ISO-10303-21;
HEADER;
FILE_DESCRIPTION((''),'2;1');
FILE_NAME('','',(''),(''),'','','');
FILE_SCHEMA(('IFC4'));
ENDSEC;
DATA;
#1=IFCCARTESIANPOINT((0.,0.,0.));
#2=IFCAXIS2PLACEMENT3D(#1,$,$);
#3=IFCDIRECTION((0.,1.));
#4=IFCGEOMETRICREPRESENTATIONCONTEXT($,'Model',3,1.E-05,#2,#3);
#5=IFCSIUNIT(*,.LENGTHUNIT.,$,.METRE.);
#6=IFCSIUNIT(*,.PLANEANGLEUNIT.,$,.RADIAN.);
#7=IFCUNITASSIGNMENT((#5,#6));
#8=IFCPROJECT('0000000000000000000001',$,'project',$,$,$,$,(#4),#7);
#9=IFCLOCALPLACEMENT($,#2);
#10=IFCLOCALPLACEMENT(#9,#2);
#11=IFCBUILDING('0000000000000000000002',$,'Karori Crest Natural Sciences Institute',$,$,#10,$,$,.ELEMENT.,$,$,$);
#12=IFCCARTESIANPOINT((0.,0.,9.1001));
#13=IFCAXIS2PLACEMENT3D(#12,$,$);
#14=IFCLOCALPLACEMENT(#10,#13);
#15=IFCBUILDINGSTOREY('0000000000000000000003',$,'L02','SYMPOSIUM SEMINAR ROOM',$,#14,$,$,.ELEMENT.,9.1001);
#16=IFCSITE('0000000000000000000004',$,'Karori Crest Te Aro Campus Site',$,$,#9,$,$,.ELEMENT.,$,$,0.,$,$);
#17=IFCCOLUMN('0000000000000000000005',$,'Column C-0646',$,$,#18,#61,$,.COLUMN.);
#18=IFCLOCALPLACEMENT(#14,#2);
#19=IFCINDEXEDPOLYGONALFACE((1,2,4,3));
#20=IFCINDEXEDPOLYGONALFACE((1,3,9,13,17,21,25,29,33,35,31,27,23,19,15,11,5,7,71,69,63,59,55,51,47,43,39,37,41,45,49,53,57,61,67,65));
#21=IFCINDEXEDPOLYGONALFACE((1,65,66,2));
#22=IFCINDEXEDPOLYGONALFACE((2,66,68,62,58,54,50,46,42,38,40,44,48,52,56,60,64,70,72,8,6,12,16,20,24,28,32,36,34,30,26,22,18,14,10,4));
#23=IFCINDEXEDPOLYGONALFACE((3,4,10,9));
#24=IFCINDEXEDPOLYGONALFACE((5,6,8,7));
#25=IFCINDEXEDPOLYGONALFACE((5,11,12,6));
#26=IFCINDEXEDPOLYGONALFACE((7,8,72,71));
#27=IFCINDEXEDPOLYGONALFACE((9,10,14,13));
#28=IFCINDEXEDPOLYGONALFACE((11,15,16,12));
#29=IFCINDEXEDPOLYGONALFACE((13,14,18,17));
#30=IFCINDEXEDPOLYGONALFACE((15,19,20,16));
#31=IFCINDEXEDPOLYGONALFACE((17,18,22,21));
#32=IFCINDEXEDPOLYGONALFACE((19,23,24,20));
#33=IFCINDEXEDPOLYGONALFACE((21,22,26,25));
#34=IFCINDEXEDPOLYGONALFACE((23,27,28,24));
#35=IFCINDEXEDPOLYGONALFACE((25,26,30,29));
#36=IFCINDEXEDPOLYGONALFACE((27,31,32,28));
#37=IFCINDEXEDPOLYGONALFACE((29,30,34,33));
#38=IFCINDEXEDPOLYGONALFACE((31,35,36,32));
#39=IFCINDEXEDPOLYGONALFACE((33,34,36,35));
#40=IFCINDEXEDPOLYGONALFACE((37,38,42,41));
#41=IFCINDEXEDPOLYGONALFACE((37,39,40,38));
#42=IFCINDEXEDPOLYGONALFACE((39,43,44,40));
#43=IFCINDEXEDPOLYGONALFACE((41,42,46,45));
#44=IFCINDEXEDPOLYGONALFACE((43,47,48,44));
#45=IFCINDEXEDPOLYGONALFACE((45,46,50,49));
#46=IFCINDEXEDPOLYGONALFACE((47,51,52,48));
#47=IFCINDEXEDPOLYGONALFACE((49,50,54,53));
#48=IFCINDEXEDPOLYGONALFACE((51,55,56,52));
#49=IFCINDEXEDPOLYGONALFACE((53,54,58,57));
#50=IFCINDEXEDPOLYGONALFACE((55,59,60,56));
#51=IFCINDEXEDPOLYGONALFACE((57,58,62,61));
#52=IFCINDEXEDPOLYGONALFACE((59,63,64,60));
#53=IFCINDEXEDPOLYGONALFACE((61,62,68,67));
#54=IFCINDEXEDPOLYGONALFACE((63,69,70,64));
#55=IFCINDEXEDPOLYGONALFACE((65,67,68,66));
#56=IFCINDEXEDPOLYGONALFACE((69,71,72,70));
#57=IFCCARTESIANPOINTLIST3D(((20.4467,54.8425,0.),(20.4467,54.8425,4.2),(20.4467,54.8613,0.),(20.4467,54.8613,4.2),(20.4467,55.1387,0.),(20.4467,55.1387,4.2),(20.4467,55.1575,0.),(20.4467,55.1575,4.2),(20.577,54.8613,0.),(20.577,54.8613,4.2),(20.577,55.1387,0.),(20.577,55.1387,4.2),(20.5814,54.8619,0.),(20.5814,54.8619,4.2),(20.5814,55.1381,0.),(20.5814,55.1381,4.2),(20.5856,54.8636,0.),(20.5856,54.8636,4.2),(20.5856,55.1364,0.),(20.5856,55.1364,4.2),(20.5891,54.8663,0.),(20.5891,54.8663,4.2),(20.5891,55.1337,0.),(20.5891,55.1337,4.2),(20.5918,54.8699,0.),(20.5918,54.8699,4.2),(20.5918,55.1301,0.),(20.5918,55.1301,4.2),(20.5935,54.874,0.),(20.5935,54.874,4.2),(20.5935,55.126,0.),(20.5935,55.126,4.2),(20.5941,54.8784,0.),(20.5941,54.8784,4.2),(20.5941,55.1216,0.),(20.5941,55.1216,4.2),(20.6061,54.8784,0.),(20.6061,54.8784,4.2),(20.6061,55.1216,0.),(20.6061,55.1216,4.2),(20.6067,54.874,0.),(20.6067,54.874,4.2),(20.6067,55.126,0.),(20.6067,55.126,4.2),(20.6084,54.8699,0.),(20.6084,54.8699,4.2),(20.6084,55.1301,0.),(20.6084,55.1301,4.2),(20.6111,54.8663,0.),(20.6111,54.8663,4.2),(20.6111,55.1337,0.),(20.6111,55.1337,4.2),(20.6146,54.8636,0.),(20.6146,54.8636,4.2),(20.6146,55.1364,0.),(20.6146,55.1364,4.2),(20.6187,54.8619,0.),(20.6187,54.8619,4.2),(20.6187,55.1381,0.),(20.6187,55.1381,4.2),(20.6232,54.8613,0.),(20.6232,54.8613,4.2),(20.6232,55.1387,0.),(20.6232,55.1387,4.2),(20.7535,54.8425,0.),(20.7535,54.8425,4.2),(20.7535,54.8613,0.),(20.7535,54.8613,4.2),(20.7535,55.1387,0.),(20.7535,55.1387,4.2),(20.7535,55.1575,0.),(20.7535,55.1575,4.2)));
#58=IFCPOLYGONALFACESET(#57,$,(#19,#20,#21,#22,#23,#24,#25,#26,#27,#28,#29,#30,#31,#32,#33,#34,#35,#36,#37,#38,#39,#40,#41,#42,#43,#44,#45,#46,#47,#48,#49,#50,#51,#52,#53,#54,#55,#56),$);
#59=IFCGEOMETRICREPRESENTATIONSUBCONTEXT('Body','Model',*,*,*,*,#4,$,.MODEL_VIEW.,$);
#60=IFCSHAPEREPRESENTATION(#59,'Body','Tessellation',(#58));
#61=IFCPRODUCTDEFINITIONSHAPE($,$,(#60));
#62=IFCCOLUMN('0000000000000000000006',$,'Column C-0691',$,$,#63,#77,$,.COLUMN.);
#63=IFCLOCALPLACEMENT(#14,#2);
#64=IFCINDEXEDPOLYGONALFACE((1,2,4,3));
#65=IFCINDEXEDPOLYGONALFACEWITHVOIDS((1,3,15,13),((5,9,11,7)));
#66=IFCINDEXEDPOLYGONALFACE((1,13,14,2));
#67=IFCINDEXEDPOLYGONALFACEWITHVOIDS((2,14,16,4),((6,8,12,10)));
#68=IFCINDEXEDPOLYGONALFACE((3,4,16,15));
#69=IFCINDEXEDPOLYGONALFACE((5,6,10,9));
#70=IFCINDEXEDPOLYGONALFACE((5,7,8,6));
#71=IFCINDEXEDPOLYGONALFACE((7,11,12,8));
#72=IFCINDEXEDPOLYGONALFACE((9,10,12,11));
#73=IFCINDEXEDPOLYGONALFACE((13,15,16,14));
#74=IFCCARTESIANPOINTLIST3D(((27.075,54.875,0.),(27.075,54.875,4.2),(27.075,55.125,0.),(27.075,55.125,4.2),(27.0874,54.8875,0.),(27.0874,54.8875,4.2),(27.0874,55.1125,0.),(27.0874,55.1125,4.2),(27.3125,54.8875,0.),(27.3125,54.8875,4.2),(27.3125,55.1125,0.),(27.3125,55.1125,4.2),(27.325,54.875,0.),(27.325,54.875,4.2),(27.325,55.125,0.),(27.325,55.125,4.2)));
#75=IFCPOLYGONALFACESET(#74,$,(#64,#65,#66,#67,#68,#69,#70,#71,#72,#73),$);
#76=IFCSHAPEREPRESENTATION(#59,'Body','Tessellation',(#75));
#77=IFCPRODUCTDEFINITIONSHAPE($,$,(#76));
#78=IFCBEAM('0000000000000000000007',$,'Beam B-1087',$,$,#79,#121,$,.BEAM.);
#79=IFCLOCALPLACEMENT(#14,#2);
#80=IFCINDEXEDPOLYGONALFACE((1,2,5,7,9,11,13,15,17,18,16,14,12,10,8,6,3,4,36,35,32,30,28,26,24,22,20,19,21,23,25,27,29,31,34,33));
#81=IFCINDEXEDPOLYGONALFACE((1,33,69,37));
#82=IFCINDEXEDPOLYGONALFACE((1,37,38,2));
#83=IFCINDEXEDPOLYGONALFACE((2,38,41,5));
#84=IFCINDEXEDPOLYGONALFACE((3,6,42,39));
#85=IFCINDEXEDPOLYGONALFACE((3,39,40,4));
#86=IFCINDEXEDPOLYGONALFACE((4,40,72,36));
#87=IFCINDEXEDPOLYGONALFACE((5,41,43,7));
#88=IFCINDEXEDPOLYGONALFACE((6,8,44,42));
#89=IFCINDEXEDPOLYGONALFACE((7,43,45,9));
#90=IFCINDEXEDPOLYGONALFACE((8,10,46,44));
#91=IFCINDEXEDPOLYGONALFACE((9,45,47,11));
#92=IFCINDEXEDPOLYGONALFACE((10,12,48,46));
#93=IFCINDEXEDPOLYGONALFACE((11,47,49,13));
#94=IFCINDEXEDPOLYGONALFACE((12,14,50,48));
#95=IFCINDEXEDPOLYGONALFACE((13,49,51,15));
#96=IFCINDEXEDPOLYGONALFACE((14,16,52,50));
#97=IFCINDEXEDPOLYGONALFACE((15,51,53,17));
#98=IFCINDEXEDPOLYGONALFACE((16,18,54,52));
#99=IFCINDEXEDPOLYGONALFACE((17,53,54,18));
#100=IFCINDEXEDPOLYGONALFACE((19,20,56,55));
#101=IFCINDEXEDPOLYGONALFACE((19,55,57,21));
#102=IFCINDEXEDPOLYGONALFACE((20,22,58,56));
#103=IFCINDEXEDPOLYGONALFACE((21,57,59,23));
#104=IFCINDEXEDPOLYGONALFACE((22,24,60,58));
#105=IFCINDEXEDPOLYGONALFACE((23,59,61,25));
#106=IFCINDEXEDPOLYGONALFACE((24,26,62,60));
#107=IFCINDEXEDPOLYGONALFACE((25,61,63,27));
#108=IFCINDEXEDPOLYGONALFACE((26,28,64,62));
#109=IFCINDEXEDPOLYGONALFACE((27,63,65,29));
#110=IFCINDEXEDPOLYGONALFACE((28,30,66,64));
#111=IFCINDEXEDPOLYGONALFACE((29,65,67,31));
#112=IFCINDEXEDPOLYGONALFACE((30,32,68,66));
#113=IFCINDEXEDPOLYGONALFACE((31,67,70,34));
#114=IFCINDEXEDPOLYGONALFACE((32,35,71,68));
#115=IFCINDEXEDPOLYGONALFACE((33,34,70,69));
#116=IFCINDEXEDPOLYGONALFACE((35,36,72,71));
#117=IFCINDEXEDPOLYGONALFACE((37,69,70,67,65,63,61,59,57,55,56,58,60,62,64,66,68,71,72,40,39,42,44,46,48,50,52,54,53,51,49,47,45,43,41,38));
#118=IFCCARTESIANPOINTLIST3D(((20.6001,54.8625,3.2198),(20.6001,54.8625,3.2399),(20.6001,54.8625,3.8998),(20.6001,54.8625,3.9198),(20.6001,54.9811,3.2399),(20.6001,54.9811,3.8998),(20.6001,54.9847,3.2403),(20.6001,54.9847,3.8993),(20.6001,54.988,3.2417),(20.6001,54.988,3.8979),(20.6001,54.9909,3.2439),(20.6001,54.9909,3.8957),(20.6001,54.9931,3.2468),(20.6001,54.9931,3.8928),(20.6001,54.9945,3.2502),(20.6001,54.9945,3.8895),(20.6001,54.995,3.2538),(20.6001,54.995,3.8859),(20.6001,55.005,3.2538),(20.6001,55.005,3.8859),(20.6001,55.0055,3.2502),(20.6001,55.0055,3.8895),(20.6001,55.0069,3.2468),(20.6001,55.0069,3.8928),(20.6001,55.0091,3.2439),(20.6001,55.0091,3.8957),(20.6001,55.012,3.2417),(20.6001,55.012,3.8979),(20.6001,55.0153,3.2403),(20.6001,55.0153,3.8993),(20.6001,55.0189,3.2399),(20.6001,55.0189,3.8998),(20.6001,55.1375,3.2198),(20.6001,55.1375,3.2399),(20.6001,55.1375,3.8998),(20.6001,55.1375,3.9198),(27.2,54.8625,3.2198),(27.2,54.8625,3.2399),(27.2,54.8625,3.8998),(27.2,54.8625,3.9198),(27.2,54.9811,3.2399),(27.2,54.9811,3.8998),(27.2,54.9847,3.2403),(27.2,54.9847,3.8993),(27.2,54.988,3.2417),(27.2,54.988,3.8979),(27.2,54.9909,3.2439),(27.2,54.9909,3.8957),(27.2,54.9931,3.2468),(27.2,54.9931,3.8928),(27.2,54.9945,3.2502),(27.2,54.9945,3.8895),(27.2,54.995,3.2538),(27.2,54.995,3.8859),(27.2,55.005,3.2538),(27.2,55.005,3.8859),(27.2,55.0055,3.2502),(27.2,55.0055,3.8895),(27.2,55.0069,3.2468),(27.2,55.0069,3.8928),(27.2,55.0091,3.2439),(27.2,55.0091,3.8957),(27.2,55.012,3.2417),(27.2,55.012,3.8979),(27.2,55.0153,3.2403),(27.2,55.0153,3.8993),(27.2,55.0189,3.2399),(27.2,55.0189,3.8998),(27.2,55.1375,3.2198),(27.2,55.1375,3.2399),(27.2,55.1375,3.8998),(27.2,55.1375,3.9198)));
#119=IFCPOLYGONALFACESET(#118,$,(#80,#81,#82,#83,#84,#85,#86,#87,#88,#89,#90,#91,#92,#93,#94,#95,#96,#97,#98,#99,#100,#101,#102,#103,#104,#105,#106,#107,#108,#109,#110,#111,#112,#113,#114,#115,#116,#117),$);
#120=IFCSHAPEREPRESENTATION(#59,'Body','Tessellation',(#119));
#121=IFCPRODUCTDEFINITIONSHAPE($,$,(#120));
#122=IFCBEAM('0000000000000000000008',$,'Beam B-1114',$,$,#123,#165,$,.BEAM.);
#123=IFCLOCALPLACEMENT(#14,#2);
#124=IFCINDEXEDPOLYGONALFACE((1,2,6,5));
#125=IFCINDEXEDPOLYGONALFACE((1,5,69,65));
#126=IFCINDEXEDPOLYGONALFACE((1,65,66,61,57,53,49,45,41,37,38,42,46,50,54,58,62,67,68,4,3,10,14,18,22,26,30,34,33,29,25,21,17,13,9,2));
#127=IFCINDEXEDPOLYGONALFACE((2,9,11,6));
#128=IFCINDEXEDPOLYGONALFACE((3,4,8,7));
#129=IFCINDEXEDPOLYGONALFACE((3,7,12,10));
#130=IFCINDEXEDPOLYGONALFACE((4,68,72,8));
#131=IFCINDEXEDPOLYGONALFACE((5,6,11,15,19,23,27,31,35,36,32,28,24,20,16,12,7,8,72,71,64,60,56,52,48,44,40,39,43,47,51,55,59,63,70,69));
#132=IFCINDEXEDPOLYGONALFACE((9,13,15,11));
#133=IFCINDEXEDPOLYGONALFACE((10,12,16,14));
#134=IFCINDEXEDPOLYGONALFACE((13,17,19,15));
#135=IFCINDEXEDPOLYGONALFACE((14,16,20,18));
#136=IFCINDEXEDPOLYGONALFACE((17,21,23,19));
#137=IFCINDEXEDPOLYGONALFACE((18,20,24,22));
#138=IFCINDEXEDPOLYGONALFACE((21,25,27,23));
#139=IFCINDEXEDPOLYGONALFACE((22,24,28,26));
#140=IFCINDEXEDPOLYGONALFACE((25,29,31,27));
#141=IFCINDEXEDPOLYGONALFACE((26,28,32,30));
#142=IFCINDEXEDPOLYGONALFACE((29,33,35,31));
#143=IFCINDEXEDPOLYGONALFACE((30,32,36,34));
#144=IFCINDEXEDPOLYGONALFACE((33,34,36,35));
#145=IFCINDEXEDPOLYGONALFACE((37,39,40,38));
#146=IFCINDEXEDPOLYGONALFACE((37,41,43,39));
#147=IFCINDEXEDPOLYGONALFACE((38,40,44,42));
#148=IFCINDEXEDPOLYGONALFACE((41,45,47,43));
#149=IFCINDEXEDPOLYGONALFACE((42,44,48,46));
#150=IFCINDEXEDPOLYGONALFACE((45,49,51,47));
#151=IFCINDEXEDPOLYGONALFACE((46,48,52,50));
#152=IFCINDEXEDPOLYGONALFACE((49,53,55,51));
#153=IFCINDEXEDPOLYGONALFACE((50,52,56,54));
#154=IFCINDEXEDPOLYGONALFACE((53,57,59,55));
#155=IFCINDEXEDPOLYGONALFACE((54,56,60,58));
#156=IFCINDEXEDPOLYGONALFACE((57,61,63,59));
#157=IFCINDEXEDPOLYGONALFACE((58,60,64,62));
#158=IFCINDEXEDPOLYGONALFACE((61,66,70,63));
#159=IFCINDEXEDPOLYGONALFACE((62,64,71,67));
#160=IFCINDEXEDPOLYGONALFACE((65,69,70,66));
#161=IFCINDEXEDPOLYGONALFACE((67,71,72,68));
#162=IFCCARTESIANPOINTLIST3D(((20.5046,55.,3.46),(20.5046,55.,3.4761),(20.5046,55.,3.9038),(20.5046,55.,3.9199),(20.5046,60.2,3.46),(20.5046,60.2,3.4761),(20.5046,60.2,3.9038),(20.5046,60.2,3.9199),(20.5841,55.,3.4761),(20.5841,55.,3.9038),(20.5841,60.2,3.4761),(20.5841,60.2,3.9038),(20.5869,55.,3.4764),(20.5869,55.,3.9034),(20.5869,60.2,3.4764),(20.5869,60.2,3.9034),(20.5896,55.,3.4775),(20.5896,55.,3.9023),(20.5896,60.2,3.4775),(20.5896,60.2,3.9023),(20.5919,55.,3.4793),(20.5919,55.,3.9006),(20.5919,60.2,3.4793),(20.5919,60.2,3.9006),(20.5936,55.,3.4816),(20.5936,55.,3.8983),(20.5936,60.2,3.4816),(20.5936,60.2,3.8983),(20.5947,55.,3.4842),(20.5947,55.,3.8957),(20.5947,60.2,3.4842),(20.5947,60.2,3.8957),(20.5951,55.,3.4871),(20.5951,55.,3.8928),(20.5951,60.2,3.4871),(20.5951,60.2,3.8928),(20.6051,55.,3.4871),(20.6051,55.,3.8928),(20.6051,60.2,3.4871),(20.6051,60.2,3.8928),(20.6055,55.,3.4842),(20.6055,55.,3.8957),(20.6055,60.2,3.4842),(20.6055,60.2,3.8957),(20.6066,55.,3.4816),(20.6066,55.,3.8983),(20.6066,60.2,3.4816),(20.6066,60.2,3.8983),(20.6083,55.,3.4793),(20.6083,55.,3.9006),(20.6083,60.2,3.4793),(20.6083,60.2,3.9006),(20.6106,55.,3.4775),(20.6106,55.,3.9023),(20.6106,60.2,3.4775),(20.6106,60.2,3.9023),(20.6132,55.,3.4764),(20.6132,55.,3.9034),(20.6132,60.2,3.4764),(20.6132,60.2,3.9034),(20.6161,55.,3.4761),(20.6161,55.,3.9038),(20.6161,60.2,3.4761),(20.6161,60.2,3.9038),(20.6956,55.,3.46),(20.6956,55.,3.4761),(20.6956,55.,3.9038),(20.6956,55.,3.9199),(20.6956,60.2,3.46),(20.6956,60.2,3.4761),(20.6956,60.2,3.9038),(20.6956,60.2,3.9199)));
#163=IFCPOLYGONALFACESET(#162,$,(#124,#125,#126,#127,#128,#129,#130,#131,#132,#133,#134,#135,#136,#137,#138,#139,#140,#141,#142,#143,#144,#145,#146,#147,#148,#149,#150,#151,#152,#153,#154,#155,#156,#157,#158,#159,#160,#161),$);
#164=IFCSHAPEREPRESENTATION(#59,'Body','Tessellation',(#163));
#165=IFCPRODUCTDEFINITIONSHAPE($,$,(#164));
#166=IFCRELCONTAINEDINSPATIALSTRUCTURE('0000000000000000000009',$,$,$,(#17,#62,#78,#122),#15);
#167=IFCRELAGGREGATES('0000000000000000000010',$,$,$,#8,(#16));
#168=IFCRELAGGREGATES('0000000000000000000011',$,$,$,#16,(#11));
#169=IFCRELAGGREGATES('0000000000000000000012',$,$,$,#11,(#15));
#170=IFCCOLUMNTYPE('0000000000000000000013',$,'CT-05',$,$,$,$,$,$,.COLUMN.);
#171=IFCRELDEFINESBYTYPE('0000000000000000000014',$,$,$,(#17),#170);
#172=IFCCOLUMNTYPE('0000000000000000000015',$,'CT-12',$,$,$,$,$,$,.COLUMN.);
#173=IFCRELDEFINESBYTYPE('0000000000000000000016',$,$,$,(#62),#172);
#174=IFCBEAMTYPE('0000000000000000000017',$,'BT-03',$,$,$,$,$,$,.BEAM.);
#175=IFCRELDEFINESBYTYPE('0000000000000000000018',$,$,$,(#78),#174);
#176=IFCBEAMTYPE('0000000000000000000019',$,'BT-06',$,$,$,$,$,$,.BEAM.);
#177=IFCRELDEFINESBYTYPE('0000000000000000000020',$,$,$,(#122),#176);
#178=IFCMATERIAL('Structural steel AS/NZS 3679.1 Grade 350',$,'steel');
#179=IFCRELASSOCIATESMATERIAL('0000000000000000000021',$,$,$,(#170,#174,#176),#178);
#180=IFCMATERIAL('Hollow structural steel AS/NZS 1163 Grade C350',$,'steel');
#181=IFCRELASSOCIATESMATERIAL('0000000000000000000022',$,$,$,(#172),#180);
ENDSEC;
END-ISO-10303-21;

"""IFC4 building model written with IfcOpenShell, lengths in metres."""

from ifc_helpers import new_model, si_unit, direction, frame, origin, origin_2d, place, context, subcontext, project, spatial, hollow_rectangle, i_section, extrude, material, material_profile, profile_set, type_object, element, save


model = new_model("IFC4")

# Units and contexts
model_context = context("Model", 3, precision=1e-05, world=origin(), true_north=direction((0.0, 1.0)))
body_context = subcontext(model_context, "Body", "Model", "MODEL_VIEW")
ifc_project = project(units=[si_unit("LENGTHUNIT", "METRE"), si_unit("PLANEANGLEUNIT", "RADIAN")], contexts=[model_context])

# Site, building, storey
site_placement = place(None, origin())
site = spatial("IfcSite", under=ifc_project, at=site_placement, Name="Karori Crest Te Aro Campus Site", CompositionType="ELEMENT", RefElevation=0.0)
building_placement = place(site_placement, origin())
building = spatial("IfcBuilding", under=site, at=building_placement, Name="Karori Crest Natural Sciences Institute", CompositionType="ELEMENT")
storey_placement = place(building_placement, frame((0.0, 0.0, 9.1001)))
storey = spatial("IfcBuildingStorey", under=building, at=storey_placement, Name="L02", Description="SYMPOSIUM SEMINAR ROOM", CompositionType="ELEMENT", Elevation=9.1001)

# Columns
ifc_material_1 = material(Name="Structural steel AS/NZS 3679.1 Grade 350", Category="steel")
ifc_material_profile_1 = material_profile(ifc_material_1, i_section(OverallWidth=0.3069, OverallDepth=0.3149, WebThickness=0.012, FlangeThickness=0.0188, FilletRadius=0.0171, at=origin_2d()), Name="310UC118")
ifc_profile_set_1 = profile_set([ifc_material_profile_1], Name="Structural steel AS/NZS 3679.1 Grade 350")
column_type_1 = type_object("IfcColumnType", Name="CT-05", PredefinedType="COLUMN", material=ifc_profile_set_1)
column_1_placement = place(storey_placement, frame((20.6001, 55.0, 0.0), z_axis=(0.0, 0.0, 1.0), x_axis=(1.0, 0.0, 0.0)))
element("IfcColumn", 1, at=column_1_placement, inside=storey, type_object=column_type_1, Name="Column C-0646", PredefinedType="COLUMN", context=body_context, shape_type="SweptSolid", body=[
    extrude(i_section(OverallWidth=0.3069, OverallDepth=0.3149, WebThickness=0.012, FlangeThickness=0.0188, FilletRadius=0.0171, at=origin_2d()), origin(), (0.0, 0.0, 1.0), 4.2),
])
ifc_material_2 = material(Name="Hollow structural steel AS/NZS 1163 Grade C350", Category="steel")
ifc_material_profile_2 = material_profile(ifc_material_2, hollow_rectangle(XDim=0.25, YDim=0.25, WallThickness=0.0125, at=origin_2d()), Name="SHS250x250x12.5")
ifc_profile_set_2 = profile_set([ifc_material_profile_2], Name="Hollow structural steel AS/NZS 1163 Grade C350")
column_type_2 = type_object("IfcColumnType", Name="CT-12", PredefinedType="COLUMN", material=ifc_profile_set_2)
column_2_placement = place(storey_placement, frame((27.2, 55.0, 0.0), z_axis=(0.0, 0.0, 1.0), x_axis=(1.0, 0.0, 0.0)))
element("IfcColumn", 2, at=column_2_placement, inside=storey, type_object=column_type_2, Name="Column C-0691", PredefinedType="COLUMN", context=body_context, shape_type="SweptSolid", body=[
    extrude(hollow_rectangle(XDim=0.25, YDim=0.25, WallThickness=0.0125, at=origin_2d()), origin(), (0.0, 0.0, 1.0), 4.2),
])

# Beams
ifc_material_profile_3 = material_profile(ifc_material_1, i_section(OverallWidth=0.2749, OverallDepth=0.7, WebThickness=0.01, FlangeThickness=0.02, FilletRadius=0.0139, at=origin_2d()), Name="700WB150")
ifc_profile_set_3 = profile_set([ifc_material_profile_3], Name="Structural steel AS/NZS 3679.1 Grade 350")
beam_type_1 = type_object("IfcBeamType", Name="BT-03", PredefinedType="BEAM", material=ifc_profile_set_3)
beam_1_placement = place(storey_placement, frame((20.6001, 55.0, 3.5698), z_axis=(1.0, 0.0, 0.0), x_axis=(0.0, 1.0, 0.0)))
element("IfcBeam", 3, at=beam_1_placement, inside=storey, type_object=beam_type_1, Name="Beam B-1087", PredefinedType="BEAM", context=body_context, shape_type="SweptSolid", body=[
    extrude(i_section(OverallWidth=0.2749, OverallDepth=0.7, WebThickness=0.01, FlangeThickness=0.02, FilletRadius=0.0139, at=origin_2d()), origin(), (0.0, 0.0, 1.0), 6.5999),
])
ifc_material_profile_4 = material_profile(ifc_material_1, i_section(OverallWidth=0.1909, OverallDepth=0.46, WebThickness=0.01, FlangeThickness=0.0161, FilletRadius=0.011, at=origin_2d()), Name="460UB82.1")
ifc_profile_set_4 = profile_set([ifc_material_profile_4], Name="Structural steel AS/NZS 3679.1 Grade 350")
beam_type_2 = type_object("IfcBeamType", Name="BT-06", PredefinedType="BEAM", material=ifc_profile_set_4)
beam_2_placement = place(storey_placement, frame((20.6001, 55.0, 3.6899), z_axis=(0.0, 1.0, 0.0), x_axis=(-1.0, 0.0, 0.0)))
element("IfcBeam", 4, at=beam_2_placement, inside=storey, type_object=beam_type_2, Name="Beam B-1114", PredefinedType="BEAM", context=body_context, shape_type="SweptSolid", body=[
    extrude(i_section(OverallWidth=0.1909, OverallDepth=0.46, WebThickness=0.01, FlangeThickness=0.0161, FilletRadius=0.011, at=origin_2d()), origin(), (0.0, 0.0, 1.0), 5.2),
])

save(model, "model.ifc")
